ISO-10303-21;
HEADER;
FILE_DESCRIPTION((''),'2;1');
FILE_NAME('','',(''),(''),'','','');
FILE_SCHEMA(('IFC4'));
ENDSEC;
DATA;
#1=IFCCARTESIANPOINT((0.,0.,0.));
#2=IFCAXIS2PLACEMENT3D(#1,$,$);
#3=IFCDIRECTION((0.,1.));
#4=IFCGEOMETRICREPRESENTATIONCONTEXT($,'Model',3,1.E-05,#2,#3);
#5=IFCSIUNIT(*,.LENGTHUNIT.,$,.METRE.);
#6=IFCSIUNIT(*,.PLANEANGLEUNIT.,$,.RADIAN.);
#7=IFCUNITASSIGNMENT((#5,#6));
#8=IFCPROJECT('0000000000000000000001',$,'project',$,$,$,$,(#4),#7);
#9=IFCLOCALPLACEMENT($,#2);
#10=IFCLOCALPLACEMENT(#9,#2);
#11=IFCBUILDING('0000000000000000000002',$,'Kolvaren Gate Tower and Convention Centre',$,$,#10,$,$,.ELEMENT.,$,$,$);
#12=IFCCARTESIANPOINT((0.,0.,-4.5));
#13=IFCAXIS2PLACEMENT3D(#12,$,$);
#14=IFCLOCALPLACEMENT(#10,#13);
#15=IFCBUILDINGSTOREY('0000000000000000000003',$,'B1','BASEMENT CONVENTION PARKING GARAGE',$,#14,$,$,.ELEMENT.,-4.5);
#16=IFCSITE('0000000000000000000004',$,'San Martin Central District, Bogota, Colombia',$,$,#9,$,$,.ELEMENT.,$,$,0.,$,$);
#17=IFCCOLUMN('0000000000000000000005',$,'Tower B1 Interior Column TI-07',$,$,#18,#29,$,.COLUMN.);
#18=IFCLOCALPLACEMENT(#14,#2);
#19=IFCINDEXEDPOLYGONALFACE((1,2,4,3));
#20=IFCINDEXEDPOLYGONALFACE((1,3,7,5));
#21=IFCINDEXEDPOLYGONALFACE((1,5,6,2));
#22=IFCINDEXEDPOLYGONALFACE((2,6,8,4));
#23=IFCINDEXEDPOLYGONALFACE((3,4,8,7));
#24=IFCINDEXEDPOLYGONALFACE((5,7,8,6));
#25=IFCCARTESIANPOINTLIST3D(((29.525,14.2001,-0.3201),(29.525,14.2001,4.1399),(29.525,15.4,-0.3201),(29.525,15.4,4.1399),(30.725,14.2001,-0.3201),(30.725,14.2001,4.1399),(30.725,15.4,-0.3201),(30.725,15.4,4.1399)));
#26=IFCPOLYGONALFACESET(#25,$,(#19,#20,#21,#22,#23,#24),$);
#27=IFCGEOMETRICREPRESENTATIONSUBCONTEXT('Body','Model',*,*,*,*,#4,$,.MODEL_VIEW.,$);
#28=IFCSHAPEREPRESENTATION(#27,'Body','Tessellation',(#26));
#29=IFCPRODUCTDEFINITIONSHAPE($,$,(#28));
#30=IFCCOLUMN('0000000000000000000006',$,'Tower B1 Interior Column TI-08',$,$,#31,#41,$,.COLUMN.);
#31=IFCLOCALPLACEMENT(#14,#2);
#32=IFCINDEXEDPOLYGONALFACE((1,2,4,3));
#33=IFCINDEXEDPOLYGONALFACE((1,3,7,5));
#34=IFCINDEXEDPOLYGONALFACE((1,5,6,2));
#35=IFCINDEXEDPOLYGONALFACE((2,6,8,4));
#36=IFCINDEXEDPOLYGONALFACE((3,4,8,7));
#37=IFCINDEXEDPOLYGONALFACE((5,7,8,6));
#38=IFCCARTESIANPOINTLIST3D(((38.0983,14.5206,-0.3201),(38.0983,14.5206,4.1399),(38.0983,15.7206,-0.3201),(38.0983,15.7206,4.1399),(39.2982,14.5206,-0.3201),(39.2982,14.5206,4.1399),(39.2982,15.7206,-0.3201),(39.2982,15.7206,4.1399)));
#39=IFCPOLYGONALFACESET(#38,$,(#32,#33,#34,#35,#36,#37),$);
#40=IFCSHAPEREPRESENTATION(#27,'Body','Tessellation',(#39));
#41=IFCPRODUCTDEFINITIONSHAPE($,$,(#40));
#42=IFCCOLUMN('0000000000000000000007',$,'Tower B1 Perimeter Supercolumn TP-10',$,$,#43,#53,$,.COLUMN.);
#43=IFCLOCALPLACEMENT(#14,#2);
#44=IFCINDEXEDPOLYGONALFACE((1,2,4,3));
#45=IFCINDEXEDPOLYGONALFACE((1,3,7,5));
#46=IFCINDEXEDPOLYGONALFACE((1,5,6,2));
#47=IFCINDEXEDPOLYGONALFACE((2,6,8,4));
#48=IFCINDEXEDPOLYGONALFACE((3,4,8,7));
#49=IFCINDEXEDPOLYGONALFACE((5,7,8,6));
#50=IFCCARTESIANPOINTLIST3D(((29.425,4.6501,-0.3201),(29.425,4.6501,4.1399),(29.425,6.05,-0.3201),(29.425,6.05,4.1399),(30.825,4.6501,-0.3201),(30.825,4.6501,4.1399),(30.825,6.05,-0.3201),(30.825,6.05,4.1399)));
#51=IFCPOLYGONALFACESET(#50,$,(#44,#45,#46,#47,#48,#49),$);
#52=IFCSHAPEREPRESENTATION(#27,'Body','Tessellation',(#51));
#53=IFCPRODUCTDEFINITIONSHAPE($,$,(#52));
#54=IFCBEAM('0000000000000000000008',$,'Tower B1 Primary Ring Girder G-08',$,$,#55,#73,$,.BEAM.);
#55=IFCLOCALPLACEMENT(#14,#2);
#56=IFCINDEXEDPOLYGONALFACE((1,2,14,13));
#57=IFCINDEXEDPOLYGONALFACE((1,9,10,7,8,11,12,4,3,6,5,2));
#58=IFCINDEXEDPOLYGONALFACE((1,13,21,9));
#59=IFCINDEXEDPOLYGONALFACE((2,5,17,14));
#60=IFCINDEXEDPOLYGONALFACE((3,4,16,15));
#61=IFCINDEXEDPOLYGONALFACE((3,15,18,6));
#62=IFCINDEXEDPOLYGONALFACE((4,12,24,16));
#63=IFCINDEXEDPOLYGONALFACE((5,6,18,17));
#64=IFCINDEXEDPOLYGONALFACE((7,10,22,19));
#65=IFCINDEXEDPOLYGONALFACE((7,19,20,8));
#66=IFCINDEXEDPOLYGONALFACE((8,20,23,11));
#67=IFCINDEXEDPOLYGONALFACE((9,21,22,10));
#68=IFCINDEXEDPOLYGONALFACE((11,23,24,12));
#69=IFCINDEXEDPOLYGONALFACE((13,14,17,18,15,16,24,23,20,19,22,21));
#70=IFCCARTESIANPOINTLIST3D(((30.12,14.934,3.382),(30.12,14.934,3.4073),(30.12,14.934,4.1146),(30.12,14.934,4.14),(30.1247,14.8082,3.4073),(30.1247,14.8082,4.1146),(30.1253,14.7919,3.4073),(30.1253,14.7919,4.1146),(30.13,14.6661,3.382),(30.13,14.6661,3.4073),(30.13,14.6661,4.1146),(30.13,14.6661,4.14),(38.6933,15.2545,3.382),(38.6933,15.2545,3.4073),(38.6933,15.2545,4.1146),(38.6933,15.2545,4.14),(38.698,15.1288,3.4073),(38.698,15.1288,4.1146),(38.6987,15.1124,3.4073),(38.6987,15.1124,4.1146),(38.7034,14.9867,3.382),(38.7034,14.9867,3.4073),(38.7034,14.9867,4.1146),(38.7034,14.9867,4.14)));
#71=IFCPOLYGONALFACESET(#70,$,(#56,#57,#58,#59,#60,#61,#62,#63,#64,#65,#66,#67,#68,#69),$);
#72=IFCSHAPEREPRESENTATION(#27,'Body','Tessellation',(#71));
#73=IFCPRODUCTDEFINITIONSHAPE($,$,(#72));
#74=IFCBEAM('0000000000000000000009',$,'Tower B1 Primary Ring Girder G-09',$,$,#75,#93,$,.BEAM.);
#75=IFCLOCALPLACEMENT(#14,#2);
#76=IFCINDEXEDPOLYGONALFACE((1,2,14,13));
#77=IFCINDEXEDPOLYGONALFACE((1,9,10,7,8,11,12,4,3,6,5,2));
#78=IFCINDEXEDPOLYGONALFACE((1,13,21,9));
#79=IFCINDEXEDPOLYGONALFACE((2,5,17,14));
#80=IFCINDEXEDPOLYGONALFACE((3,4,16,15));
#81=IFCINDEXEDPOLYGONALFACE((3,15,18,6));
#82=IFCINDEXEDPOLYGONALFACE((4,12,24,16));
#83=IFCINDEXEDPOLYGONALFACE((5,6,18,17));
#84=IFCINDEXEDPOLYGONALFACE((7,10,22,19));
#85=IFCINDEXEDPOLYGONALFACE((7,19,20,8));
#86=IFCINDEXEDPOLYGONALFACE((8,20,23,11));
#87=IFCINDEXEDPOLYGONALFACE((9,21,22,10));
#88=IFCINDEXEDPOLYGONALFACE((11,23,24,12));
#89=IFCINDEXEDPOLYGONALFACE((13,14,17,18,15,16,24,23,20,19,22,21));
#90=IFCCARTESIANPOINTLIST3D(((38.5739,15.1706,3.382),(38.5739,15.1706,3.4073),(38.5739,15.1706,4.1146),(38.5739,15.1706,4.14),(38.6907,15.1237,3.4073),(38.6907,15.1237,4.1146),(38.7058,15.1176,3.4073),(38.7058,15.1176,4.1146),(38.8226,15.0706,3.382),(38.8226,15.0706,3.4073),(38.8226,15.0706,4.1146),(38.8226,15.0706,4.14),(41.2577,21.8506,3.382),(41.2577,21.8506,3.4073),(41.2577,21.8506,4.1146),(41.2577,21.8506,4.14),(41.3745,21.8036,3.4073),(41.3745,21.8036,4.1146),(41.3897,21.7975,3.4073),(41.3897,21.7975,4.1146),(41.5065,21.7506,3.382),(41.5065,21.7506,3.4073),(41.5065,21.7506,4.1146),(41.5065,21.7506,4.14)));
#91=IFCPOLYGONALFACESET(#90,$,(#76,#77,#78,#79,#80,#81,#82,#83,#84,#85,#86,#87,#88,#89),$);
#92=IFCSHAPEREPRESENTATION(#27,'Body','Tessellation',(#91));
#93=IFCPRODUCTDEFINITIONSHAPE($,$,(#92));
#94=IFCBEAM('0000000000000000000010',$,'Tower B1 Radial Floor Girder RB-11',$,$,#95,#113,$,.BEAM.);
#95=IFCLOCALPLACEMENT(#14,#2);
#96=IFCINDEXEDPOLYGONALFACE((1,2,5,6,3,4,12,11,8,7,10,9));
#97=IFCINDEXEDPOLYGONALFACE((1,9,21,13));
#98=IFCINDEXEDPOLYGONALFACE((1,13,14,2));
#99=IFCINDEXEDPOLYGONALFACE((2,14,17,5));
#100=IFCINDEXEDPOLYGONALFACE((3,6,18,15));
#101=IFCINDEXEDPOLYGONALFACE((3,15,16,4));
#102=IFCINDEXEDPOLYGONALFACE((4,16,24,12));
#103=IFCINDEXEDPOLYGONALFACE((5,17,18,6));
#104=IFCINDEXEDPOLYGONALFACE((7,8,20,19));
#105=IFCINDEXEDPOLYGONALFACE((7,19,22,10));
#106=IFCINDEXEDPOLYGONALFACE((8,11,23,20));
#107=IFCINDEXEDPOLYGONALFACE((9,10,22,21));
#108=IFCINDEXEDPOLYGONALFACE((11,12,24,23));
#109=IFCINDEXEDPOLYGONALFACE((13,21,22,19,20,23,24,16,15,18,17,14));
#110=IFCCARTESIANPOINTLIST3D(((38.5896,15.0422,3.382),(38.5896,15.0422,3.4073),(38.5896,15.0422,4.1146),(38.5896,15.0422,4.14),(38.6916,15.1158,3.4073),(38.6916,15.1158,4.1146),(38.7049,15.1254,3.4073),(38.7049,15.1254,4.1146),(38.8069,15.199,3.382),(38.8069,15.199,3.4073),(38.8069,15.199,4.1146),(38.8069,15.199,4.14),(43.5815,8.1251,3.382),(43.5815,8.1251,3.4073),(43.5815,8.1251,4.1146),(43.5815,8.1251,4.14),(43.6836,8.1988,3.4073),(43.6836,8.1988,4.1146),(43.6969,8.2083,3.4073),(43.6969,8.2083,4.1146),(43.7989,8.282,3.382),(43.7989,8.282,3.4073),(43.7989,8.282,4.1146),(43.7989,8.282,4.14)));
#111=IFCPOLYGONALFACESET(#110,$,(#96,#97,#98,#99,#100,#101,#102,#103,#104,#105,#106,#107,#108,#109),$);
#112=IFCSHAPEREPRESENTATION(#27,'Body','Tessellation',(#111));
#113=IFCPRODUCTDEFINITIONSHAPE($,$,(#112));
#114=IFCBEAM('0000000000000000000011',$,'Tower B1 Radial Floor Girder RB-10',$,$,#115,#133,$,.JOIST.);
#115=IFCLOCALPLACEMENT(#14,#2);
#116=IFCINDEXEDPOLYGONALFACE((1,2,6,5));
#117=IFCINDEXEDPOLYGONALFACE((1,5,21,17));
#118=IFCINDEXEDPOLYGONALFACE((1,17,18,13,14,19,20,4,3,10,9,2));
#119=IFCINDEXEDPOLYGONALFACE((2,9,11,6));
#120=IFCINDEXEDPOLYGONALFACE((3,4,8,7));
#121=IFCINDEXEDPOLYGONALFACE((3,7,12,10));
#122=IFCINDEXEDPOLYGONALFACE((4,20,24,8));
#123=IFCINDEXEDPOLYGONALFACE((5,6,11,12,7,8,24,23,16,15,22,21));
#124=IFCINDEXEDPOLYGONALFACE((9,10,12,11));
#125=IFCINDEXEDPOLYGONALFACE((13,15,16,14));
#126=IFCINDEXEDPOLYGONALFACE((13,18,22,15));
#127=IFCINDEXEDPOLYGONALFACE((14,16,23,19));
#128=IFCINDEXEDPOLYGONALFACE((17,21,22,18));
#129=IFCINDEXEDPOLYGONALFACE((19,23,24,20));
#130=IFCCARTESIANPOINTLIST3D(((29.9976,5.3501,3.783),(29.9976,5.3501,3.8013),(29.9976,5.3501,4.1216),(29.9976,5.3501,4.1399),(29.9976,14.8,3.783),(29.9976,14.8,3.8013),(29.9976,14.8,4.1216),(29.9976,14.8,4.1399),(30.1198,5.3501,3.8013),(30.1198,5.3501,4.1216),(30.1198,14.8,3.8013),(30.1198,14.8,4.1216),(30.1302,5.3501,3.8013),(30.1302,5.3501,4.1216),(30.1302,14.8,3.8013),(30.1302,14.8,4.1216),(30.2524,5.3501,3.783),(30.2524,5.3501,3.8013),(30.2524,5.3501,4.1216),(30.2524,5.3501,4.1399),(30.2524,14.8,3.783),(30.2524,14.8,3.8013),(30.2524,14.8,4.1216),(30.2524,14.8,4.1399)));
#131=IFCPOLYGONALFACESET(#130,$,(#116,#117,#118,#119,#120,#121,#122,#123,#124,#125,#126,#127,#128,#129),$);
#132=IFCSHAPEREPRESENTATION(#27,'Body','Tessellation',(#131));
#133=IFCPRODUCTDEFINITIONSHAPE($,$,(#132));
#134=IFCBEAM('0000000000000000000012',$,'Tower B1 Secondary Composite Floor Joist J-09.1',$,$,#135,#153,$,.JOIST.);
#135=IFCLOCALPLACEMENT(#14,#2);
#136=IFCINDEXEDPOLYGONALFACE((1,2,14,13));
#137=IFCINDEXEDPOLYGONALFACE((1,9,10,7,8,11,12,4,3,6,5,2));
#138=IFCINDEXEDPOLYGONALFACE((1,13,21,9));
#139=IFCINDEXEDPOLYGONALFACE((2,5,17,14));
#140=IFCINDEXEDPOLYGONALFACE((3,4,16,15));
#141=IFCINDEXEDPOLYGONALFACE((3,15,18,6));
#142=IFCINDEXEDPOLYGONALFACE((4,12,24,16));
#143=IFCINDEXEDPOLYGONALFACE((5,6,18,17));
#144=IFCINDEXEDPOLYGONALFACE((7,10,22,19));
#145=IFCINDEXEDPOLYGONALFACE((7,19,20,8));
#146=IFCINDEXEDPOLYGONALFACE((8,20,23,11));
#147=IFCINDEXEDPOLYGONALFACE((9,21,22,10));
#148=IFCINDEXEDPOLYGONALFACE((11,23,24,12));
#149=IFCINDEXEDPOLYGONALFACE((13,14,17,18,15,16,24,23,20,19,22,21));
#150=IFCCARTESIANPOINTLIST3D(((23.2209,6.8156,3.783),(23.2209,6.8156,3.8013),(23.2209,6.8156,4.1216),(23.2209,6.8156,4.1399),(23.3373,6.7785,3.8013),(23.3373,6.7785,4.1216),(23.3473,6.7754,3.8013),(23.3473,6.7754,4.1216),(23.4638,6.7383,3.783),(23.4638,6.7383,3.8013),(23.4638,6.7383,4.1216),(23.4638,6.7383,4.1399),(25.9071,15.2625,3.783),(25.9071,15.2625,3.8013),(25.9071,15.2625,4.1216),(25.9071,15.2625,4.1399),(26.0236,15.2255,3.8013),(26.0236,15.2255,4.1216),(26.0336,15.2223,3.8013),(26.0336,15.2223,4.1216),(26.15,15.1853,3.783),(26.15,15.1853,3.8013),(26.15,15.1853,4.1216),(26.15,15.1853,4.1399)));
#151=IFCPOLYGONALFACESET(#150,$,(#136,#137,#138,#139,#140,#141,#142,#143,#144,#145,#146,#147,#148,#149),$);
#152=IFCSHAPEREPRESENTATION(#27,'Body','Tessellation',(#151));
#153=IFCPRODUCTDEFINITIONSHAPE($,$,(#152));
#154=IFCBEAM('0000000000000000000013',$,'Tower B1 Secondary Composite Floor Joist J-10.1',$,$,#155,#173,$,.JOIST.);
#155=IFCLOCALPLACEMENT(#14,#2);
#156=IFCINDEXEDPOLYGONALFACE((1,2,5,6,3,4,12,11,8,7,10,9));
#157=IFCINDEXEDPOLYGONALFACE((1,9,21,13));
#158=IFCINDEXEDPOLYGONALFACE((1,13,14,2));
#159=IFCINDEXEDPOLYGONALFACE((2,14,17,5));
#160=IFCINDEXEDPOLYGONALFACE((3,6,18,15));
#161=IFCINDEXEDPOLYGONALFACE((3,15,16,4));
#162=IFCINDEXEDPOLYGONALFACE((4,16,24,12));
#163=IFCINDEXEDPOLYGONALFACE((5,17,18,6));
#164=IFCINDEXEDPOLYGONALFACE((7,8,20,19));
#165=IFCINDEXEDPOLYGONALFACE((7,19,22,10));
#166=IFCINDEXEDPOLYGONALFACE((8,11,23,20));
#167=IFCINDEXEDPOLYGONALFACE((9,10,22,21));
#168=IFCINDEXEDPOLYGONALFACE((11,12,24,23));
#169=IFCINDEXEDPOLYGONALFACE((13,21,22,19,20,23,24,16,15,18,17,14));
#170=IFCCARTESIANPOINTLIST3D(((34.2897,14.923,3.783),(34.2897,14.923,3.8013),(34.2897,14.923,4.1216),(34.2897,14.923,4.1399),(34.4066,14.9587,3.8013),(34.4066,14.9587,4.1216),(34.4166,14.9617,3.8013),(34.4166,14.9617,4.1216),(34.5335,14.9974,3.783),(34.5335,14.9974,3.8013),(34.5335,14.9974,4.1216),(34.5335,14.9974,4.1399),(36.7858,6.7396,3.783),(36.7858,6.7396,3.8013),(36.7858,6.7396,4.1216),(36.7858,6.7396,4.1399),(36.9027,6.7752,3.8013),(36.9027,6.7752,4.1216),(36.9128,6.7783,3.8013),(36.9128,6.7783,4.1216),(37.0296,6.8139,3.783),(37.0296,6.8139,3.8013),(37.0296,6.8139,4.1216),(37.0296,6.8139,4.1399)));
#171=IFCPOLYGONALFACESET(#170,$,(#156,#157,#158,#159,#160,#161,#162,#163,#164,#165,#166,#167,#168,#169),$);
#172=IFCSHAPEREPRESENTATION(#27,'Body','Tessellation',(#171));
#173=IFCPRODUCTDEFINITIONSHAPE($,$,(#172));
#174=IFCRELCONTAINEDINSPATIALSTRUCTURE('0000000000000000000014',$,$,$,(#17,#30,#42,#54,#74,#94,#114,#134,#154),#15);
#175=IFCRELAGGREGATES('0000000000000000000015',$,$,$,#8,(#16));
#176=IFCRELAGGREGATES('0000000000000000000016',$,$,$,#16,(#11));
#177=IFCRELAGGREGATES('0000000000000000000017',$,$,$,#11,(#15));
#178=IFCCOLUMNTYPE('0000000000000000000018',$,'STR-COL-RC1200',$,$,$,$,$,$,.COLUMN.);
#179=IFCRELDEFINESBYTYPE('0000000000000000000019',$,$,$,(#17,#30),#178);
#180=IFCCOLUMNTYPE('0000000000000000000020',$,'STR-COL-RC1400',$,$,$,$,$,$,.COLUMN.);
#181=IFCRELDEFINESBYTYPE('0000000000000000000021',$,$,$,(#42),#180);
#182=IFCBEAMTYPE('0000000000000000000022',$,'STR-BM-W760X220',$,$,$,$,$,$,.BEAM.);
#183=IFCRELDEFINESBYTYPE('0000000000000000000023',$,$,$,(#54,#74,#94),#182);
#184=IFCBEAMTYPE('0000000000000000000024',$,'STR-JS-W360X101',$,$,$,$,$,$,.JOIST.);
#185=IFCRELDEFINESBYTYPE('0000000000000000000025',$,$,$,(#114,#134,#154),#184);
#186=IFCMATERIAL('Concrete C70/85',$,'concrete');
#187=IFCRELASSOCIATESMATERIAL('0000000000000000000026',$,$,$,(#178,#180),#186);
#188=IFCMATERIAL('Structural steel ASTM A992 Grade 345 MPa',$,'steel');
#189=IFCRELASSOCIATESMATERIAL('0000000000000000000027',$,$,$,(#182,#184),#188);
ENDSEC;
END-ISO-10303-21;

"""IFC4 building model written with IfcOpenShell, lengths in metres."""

from ifc_helpers import new_model, si_unit, direction, frame, origin, origin_2d, place, context, subcontext, project, spatial, rectangle, i_section, extrude, material, material_profile, profile_set, type_object, element, save


model = new_model("IFC4")

# Units and contexts
model_context = context("Model", 3, precision=1e-05, world=origin(), true_north=direction((0.0, 1.0)))
body_context = subcontext(model_context, "Body", "Model", "MODEL_VIEW")
ifc_project = project(units=[si_unit("LENGTHUNIT", "METRE"), si_unit("PLANEANGLEUNIT", "RADIAN")], contexts=[model_context])

# Site, building, storey
site_placement = place(None, origin())
site = spatial("IfcSite", under=ifc_project, at=site_placement, Name="San Martin Central District, Bogota, Colombia", CompositionType="ELEMENT", RefElevation=0.0)
building_placement = place(site_placement, origin())
building = spatial("IfcBuilding", under=site, at=building_placement, Name="Kolvaren Gate Tower and Convention Centre", CompositionType="ELEMENT")
storey_placement = place(building_placement, frame((0.0, 0.0, -4.5)))
storey = spatial("IfcBuildingStorey", under=building, at=storey_placement, Name="B1", Description="BASEMENT CONVENTION PARKING GARAGE", CompositionType="ELEMENT", Elevation=-4.5)

# Columns
ifc_material_1 = material(Name="Concrete C70/85", Category="concrete")
ifc_material_profile_1 = material_profile(ifc_material_1, rectangle(XDim=1.2, YDim=1.2, at=origin_2d()), Name="RC-COL-1200X1200")
ifc_profile_set_1 = profile_set([ifc_material_profile_1], Name="Concrete C70/85")
column_type_1 = type_object("IfcColumnType", Name="STR-COL-RC1200", PredefinedType="COLUMN", material=ifc_profile_set_1)
for number, where, z_axis, x_axis, name in (
    (1, (30.125, 14.8, -0.3201), (0.0, 0.0, 1.0), (1.0, 0.0, 0.0), "Tower B1 Interior Column TI-07"),
    (2, (38.6982, 15.1206, -0.3201), (0.0, 0.0, 1.0), (1.0, 0.0, 0.0), "Tower B1 Interior Column TI-08"),
):
    element("IfcColumn", number, at=place(storey_placement, frame(where, z_axis=z_axis, x_axis=x_axis)), inside=storey, type_object=column_type_1, Name=name, PredefinedType="COLUMN", context=body_context, shape_type="SweptSolid", body=[
        extrude(rectangle(XDim=1.2, YDim=1.2, at=origin_2d()), origin(), (0.0, 0.0, 1.0), 4.46),
    ])
ifc_material_profile_2 = material_profile(ifc_material_1, rectangle(XDim=1.3999, YDim=1.3999, at=origin_2d()), Name="RC-COL-1400X1400")
ifc_profile_set_2 = profile_set([ifc_material_profile_2], Name="Concrete C70/85")
column_type_2 = type_object("IfcColumnType", Name="STR-COL-RC1400", PredefinedType="COLUMN", material=ifc_profile_set_2)
column_placement = place(storey_placement, frame((30.125, 5.3501, -0.3201), z_axis=(0.0, 0.0, 1.0), x_axis=(1.0, 0.0, 0.0)))
element("IfcColumn", 3, at=column_placement, inside=storey, type_object=column_type_2, Name="Tower B1 Perimeter Supercolumn TP-10", PredefinedType="COLUMN", context=body_context, shape_type="SweptSolid", body=[
    extrude(rectangle(XDim=1.3999, YDim=1.3999, at=origin_2d()), origin(), (0.0, 0.0, 1.0), 4.46),
])

# Beams
ifc_material_2 = material(Name="Structural steel ASTM A992 Grade 345 MPa", Category="steel")
ifc_material_profile_3 = material_profile(ifc_material_2, i_section(OverallWidth=0.2681, OverallDepth=0.7581, WebThickness=0.0164, FlangeThickness=0.0254, at=origin_2d()), Name="W760X220")
ifc_profile_set_3 = profile_set([ifc_material_profile_3], Name="Structural steel ASTM A992 Grade 345 MPa")
beam_type_1 = type_object("IfcBeamType", Name="STR-BM-W760X220", PredefinedType="BEAM", material=ifc_profile_set_3)
beam_1_placement = place(storey_placement, frame((30.125, 14.8, 3.761), z_axis=(0.999302, 0.037364, 0.0), x_axis=(-0.037364, 0.999302, 0.0)))
element("IfcBeam", 4, at=beam_1_placement, inside=storey, type_object=beam_type_1, Name="Tower B1 Primary Ring Girder G-08", PredefinedType="BEAM", context=body_context, shape_type="SweptSolid", body=[
    extrude(i_section(OverallWidth=0.2681, OverallDepth=0.7581, WebThickness=0.0164, FlangeThickness=0.0254, at=origin_2d()), origin(), (0.0, 0.0, 1.0), 8.5793),
])
beam_2_placement = place(storey_placement, frame((38.6982, 15.1206, 3.761), z_axis=(0.372811, 0.927907, 0.0), x_axis=(-0.927907, 0.372811, 0.0)))
element("IfcBeam", 5, at=beam_2_placement, inside=storey, type_object=beam_type_1, Name="Tower B1 Primary Ring Girder G-09", PredefinedType="BEAM", context=body_context, shape_type="SweptSolid", body=[
    extrude(i_section(OverallWidth=0.2681, OverallDepth=0.7581, WebThickness=0.0164, FlangeThickness=0.0254, at=origin_2d()), origin(), (0.0, 0.0, 1.0), 7.199),
])
beam_3_placement = place(storey_placement, frame((38.6982, 15.1206, 3.761), z_axis=(0.585208, -0.810883, 0.0), x_axis=(0.810883, 0.585208, 0.0)))
element("IfcBeam", 6, at=beam_3_placement, inside=storey, type_object=beam_type_1, Name="Tower B1 Radial Floor Girder RB-11", PredefinedType="BEAM", context=body_context, shape_type="SweptSolid", body=[
    extrude(i_section(OverallWidth=0.2681, OverallDepth=0.7581, WebThickness=0.0164, FlangeThickness=0.0254, at=origin_2d()), origin(), (0.0, 0.0, 1.0), 8.5303),
])
ifc_material_profile_4 = material_profile(ifc_material_2, i_section(OverallWidth=0.2549, OverallDepth=0.3569, WebThickness=0.0105, FlangeThickness=0.0183, at=origin_2d()), Name="W360X101")
ifc_profile_set_4 = profile_set([ifc_material_profile_4], Name="Structural steel ASTM A992 Grade 345 MPa")
beam_type_2 = type_object("IfcBeamType", Name="STR-JS-W360X101", PredefinedType="JOIST", material=ifc_profile_set_4)
beam_4_placement = place(storey_placement, frame((30.125, 14.8, 3.9614), z_axis=(0.0, -1.0, 0.0), x_axis=(1.0, 0.0, 0.0)))
element("IfcBeam", 7, at=beam_4_placement, inside=storey, type_object=beam_type_2, Name="Tower B1 Radial Floor Girder RB-10", PredefinedType="JOIST", context=body_context, shape_type="SweptSolid", body=[
    extrude(i_section(OverallWidth=0.2549, OverallDepth=0.3569, WebThickness=0.0105, FlangeThickness=0.0183, at=origin_2d()), origin(), (0.0, 0.0, 1.0), 9.45),
])
beam_5_placement = place(storey_placement, frame((26.0286, 15.2239, 3.9614), z_axis=(-0.303059, -0.952972, 0.0), x_axis=(0.952972, -0.303059, 0.0)))
element("IfcBeam", 8, at=beam_5_placement, inside=storey, type_object=beam_type_2, Name="Tower B1 Secondary Composite Floor Joist J-09.1", PredefinedType="JOIST", context=body_context, shape_type="SweptSolid", body=[
    extrude(i_section(OverallWidth=0.2549, OverallDepth=0.3569, WebThickness=0.0105, FlangeThickness=0.0183, at=origin_2d()), origin(), (0.0, 0.0, 1.0), 8.8638),
])
beam_6_placement = place(storey_placement, frame((34.4116, 14.9602, 3.9614), z_axis=(0.291751, -0.956494, 0.0), x_axis=(0.956494, 0.291751, 0.0)))
element("IfcBeam", 9, at=beam_6_placement, inside=storey, type_object=beam_type_2, Name="Tower B1 Secondary Composite Floor Joist J-10.1", PredefinedType="JOIST", context=body_context, shape_type="SweptSolid", body=[
    extrude(i_section(OverallWidth=0.2549, OverallDepth=0.3569, WebThickness=0.0105, FlangeThickness=0.0183, at=origin_2d()), origin(), (0.0, 0.0, 1.0), 8.5557),
])

save(model, "model.ifc")
